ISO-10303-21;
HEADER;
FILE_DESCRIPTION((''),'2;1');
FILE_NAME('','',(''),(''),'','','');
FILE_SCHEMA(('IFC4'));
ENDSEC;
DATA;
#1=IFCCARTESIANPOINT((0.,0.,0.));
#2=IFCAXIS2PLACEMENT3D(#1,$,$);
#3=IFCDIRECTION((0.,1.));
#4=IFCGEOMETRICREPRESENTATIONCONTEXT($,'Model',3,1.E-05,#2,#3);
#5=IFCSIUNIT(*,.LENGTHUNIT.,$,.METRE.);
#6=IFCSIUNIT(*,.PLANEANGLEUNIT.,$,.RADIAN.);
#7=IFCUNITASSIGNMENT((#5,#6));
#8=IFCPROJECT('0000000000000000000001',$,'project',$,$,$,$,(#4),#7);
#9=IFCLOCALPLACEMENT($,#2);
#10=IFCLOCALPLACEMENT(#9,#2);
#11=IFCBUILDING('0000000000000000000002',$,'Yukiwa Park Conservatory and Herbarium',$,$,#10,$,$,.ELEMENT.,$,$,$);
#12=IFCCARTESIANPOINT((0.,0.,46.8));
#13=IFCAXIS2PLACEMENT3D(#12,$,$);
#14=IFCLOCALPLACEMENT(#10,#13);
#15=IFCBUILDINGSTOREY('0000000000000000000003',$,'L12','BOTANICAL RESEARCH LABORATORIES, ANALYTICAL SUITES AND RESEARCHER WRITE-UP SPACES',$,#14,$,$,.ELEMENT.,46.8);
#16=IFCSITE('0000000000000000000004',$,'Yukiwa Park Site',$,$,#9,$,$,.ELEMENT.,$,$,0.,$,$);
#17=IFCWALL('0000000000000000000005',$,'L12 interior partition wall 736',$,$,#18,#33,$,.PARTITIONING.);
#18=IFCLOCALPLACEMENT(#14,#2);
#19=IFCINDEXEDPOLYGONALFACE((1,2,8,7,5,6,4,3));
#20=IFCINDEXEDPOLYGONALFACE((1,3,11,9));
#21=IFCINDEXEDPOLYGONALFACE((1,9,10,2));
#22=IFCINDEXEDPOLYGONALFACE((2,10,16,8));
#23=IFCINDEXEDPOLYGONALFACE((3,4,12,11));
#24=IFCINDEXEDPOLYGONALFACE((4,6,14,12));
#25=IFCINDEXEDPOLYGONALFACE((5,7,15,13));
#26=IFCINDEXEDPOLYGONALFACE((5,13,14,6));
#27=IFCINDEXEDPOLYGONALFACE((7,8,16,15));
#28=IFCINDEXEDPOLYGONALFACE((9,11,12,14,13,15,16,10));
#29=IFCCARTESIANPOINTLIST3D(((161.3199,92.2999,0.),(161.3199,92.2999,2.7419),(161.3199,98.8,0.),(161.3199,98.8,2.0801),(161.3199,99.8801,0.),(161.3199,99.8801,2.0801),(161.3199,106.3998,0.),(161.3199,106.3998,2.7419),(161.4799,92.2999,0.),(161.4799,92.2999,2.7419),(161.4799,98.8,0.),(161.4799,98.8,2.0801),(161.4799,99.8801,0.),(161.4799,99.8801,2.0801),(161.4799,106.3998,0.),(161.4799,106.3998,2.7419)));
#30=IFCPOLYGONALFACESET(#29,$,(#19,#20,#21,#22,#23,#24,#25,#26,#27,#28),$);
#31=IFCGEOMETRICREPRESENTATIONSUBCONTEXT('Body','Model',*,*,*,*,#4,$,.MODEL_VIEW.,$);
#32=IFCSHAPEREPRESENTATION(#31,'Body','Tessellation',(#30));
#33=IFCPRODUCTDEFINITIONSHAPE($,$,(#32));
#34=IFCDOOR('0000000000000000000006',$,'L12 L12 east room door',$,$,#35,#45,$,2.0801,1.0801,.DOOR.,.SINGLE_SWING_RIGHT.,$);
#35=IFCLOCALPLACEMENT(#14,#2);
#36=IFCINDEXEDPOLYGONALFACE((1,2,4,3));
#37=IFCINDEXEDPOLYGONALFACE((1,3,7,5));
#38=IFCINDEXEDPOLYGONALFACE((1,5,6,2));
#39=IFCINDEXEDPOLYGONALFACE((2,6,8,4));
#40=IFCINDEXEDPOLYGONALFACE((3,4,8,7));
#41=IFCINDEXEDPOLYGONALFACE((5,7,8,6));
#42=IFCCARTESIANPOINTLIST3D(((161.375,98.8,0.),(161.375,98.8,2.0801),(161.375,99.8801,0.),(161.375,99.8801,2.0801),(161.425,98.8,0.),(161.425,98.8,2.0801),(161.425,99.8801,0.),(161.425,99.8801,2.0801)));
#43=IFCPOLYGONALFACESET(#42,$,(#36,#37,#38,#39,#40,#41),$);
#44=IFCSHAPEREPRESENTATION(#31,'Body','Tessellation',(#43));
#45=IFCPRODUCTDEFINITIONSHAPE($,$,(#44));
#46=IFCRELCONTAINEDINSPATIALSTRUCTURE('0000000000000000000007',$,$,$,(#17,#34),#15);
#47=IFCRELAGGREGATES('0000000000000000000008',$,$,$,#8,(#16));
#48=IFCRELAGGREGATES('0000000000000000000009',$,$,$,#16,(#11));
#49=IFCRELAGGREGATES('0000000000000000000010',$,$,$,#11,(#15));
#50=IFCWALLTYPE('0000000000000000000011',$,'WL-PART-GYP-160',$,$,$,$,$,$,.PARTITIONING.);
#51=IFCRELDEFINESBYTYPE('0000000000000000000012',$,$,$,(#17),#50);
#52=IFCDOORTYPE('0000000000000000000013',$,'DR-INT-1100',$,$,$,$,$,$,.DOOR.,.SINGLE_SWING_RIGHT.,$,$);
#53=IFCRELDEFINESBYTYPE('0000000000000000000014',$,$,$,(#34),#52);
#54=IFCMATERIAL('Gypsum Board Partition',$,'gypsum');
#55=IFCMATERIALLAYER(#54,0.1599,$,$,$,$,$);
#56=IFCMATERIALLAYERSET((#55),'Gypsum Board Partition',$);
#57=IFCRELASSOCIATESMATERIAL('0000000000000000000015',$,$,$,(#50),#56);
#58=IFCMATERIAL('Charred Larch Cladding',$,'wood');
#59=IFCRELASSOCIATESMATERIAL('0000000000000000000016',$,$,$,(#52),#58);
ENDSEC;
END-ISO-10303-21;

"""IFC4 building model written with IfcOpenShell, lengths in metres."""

from ifc_helpers import new_model, si_unit, direction, frame, frame_2d, origin, place, context, subcontext, project, spatial, rectangle, extrude, material, layer, layer_set, type_object, element, fill, save


model = new_model("IFC4")

# Units and contexts
model_context = context("Model", 3, precision=1e-05, world=origin(), true_north=direction((0.0, 1.0)))
body_context = subcontext(model_context, "Body", "Model", "MODEL_VIEW")
ifc_project = project(units=[si_unit("LENGTHUNIT", "METRE"), si_unit("PLANEANGLEUNIT", "RADIAN")], contexts=[model_context])

# Site, building, storey
site_placement = place(None, origin())
site = spatial("IfcSite", under=ifc_project, at=site_placement, Name="Yukiwa Park Site", CompositionType="ELEMENT", RefElevation=0.0)
building_placement = place(site_placement, origin())
building = spatial("IfcBuilding", under=site, at=building_placement, Name="Yukiwa Park Conservatory and Herbarium", CompositionType="ELEMENT")
storey_placement = place(building_placement, frame((0.0, 0.0, 46.8)))
storey = spatial("IfcBuildingStorey", under=building, at=storey_placement, Name="L12", Description="BOTANICAL RESEARCH LABORATORIES, ANALYTICAL SUITES AND RESEARCHER WRITE-UP SPACES", CompositionType="ELEMENT", Elevation=46.8)

# Wall, opening, door
ifc_material_1 = material(Name="Gypsum Board Partition", Category="gypsum")
ifc_layer_1 = layer(ifc_material_1, 0.1599)
ifc_layer_set_1 = layer_set([ifc_layer_1], Name="Gypsum Board Partition")
wall_type = type_object("IfcWallType", Name="WL-PART-GYP-160", PredefinedType="PARTITIONING", material=ifc_layer_set_1)
wall_placement = place(storey_placement, frame((161.3999, 92.3, 0.0), z_axis=(0.0, 0.0, 1.0), x_axis=(0.0, 1.0, 0.0)))
wall = element("IfcWall", 1, at=wall_placement, inside=storey, type_object=wall_type, Name="L12 interior partition wall 736", PredefinedType="PARTITIONING", context=body_context, shape_type="SweptSolid", body=[
    extrude(rectangle(XDim=14.0999, YDim=0.1599, at=frame_2d((7.0498, 0.0))), origin(), (0.0, 0.0, 1.0), 2.7419),
])
opening_placement = place(wall_placement, frame((6.5, 0.0, 0.0)))
opening = element("IfcOpeningElement", 2, at=opening_placement, cuts=wall, PredefinedType="OPENING", context=body_context, shape_type="SweptSolid", body=[
    extrude(rectangle(XDim=1.0801, YDim=2.0801, at=frame_2d((0.54, 1.04))), frame((0.0, 0.0898, 0.0), z_axis=(0.0, -1.0, 0.0), x_axis=(1.0, 0.0, 0.0)), (0.0, 0.0, 1.0), 0.1799),
])
ifc_material_2 = material(Name="Charred Larch Cladding", Category="wood")
door_type = type_object("IfcDoorType", Name="DR-INT-1100", OperationType="SINGLE_SWING_RIGHT", PredefinedType="DOOR", material=ifc_material_2)
door_placement = place(opening_placement, origin())
door = element("IfcDoor", 3, at=door_placement, inside=storey, type_object=door_type, Name="L12 L12 east room door", OperationType="SINGLE_SWING_RIGHT", OverallHeight=2.0801, OverallWidth=1.0801, PredefinedType="DOOR", context=body_context, shape_type="SweptSolid", body=[
    extrude(rectangle(XDim=1.0801, YDim=2.0801, at=frame_2d((0.54, 1.04))), frame((0.0, 0.0249, 0.0), z_axis=(0.0, -1.0, 0.0), x_axis=(1.0, 0.0, 0.0)), (0.0, 0.0, 1.0), 0.05),
])
fill(opening, door)

save(model, "model.ifc")
